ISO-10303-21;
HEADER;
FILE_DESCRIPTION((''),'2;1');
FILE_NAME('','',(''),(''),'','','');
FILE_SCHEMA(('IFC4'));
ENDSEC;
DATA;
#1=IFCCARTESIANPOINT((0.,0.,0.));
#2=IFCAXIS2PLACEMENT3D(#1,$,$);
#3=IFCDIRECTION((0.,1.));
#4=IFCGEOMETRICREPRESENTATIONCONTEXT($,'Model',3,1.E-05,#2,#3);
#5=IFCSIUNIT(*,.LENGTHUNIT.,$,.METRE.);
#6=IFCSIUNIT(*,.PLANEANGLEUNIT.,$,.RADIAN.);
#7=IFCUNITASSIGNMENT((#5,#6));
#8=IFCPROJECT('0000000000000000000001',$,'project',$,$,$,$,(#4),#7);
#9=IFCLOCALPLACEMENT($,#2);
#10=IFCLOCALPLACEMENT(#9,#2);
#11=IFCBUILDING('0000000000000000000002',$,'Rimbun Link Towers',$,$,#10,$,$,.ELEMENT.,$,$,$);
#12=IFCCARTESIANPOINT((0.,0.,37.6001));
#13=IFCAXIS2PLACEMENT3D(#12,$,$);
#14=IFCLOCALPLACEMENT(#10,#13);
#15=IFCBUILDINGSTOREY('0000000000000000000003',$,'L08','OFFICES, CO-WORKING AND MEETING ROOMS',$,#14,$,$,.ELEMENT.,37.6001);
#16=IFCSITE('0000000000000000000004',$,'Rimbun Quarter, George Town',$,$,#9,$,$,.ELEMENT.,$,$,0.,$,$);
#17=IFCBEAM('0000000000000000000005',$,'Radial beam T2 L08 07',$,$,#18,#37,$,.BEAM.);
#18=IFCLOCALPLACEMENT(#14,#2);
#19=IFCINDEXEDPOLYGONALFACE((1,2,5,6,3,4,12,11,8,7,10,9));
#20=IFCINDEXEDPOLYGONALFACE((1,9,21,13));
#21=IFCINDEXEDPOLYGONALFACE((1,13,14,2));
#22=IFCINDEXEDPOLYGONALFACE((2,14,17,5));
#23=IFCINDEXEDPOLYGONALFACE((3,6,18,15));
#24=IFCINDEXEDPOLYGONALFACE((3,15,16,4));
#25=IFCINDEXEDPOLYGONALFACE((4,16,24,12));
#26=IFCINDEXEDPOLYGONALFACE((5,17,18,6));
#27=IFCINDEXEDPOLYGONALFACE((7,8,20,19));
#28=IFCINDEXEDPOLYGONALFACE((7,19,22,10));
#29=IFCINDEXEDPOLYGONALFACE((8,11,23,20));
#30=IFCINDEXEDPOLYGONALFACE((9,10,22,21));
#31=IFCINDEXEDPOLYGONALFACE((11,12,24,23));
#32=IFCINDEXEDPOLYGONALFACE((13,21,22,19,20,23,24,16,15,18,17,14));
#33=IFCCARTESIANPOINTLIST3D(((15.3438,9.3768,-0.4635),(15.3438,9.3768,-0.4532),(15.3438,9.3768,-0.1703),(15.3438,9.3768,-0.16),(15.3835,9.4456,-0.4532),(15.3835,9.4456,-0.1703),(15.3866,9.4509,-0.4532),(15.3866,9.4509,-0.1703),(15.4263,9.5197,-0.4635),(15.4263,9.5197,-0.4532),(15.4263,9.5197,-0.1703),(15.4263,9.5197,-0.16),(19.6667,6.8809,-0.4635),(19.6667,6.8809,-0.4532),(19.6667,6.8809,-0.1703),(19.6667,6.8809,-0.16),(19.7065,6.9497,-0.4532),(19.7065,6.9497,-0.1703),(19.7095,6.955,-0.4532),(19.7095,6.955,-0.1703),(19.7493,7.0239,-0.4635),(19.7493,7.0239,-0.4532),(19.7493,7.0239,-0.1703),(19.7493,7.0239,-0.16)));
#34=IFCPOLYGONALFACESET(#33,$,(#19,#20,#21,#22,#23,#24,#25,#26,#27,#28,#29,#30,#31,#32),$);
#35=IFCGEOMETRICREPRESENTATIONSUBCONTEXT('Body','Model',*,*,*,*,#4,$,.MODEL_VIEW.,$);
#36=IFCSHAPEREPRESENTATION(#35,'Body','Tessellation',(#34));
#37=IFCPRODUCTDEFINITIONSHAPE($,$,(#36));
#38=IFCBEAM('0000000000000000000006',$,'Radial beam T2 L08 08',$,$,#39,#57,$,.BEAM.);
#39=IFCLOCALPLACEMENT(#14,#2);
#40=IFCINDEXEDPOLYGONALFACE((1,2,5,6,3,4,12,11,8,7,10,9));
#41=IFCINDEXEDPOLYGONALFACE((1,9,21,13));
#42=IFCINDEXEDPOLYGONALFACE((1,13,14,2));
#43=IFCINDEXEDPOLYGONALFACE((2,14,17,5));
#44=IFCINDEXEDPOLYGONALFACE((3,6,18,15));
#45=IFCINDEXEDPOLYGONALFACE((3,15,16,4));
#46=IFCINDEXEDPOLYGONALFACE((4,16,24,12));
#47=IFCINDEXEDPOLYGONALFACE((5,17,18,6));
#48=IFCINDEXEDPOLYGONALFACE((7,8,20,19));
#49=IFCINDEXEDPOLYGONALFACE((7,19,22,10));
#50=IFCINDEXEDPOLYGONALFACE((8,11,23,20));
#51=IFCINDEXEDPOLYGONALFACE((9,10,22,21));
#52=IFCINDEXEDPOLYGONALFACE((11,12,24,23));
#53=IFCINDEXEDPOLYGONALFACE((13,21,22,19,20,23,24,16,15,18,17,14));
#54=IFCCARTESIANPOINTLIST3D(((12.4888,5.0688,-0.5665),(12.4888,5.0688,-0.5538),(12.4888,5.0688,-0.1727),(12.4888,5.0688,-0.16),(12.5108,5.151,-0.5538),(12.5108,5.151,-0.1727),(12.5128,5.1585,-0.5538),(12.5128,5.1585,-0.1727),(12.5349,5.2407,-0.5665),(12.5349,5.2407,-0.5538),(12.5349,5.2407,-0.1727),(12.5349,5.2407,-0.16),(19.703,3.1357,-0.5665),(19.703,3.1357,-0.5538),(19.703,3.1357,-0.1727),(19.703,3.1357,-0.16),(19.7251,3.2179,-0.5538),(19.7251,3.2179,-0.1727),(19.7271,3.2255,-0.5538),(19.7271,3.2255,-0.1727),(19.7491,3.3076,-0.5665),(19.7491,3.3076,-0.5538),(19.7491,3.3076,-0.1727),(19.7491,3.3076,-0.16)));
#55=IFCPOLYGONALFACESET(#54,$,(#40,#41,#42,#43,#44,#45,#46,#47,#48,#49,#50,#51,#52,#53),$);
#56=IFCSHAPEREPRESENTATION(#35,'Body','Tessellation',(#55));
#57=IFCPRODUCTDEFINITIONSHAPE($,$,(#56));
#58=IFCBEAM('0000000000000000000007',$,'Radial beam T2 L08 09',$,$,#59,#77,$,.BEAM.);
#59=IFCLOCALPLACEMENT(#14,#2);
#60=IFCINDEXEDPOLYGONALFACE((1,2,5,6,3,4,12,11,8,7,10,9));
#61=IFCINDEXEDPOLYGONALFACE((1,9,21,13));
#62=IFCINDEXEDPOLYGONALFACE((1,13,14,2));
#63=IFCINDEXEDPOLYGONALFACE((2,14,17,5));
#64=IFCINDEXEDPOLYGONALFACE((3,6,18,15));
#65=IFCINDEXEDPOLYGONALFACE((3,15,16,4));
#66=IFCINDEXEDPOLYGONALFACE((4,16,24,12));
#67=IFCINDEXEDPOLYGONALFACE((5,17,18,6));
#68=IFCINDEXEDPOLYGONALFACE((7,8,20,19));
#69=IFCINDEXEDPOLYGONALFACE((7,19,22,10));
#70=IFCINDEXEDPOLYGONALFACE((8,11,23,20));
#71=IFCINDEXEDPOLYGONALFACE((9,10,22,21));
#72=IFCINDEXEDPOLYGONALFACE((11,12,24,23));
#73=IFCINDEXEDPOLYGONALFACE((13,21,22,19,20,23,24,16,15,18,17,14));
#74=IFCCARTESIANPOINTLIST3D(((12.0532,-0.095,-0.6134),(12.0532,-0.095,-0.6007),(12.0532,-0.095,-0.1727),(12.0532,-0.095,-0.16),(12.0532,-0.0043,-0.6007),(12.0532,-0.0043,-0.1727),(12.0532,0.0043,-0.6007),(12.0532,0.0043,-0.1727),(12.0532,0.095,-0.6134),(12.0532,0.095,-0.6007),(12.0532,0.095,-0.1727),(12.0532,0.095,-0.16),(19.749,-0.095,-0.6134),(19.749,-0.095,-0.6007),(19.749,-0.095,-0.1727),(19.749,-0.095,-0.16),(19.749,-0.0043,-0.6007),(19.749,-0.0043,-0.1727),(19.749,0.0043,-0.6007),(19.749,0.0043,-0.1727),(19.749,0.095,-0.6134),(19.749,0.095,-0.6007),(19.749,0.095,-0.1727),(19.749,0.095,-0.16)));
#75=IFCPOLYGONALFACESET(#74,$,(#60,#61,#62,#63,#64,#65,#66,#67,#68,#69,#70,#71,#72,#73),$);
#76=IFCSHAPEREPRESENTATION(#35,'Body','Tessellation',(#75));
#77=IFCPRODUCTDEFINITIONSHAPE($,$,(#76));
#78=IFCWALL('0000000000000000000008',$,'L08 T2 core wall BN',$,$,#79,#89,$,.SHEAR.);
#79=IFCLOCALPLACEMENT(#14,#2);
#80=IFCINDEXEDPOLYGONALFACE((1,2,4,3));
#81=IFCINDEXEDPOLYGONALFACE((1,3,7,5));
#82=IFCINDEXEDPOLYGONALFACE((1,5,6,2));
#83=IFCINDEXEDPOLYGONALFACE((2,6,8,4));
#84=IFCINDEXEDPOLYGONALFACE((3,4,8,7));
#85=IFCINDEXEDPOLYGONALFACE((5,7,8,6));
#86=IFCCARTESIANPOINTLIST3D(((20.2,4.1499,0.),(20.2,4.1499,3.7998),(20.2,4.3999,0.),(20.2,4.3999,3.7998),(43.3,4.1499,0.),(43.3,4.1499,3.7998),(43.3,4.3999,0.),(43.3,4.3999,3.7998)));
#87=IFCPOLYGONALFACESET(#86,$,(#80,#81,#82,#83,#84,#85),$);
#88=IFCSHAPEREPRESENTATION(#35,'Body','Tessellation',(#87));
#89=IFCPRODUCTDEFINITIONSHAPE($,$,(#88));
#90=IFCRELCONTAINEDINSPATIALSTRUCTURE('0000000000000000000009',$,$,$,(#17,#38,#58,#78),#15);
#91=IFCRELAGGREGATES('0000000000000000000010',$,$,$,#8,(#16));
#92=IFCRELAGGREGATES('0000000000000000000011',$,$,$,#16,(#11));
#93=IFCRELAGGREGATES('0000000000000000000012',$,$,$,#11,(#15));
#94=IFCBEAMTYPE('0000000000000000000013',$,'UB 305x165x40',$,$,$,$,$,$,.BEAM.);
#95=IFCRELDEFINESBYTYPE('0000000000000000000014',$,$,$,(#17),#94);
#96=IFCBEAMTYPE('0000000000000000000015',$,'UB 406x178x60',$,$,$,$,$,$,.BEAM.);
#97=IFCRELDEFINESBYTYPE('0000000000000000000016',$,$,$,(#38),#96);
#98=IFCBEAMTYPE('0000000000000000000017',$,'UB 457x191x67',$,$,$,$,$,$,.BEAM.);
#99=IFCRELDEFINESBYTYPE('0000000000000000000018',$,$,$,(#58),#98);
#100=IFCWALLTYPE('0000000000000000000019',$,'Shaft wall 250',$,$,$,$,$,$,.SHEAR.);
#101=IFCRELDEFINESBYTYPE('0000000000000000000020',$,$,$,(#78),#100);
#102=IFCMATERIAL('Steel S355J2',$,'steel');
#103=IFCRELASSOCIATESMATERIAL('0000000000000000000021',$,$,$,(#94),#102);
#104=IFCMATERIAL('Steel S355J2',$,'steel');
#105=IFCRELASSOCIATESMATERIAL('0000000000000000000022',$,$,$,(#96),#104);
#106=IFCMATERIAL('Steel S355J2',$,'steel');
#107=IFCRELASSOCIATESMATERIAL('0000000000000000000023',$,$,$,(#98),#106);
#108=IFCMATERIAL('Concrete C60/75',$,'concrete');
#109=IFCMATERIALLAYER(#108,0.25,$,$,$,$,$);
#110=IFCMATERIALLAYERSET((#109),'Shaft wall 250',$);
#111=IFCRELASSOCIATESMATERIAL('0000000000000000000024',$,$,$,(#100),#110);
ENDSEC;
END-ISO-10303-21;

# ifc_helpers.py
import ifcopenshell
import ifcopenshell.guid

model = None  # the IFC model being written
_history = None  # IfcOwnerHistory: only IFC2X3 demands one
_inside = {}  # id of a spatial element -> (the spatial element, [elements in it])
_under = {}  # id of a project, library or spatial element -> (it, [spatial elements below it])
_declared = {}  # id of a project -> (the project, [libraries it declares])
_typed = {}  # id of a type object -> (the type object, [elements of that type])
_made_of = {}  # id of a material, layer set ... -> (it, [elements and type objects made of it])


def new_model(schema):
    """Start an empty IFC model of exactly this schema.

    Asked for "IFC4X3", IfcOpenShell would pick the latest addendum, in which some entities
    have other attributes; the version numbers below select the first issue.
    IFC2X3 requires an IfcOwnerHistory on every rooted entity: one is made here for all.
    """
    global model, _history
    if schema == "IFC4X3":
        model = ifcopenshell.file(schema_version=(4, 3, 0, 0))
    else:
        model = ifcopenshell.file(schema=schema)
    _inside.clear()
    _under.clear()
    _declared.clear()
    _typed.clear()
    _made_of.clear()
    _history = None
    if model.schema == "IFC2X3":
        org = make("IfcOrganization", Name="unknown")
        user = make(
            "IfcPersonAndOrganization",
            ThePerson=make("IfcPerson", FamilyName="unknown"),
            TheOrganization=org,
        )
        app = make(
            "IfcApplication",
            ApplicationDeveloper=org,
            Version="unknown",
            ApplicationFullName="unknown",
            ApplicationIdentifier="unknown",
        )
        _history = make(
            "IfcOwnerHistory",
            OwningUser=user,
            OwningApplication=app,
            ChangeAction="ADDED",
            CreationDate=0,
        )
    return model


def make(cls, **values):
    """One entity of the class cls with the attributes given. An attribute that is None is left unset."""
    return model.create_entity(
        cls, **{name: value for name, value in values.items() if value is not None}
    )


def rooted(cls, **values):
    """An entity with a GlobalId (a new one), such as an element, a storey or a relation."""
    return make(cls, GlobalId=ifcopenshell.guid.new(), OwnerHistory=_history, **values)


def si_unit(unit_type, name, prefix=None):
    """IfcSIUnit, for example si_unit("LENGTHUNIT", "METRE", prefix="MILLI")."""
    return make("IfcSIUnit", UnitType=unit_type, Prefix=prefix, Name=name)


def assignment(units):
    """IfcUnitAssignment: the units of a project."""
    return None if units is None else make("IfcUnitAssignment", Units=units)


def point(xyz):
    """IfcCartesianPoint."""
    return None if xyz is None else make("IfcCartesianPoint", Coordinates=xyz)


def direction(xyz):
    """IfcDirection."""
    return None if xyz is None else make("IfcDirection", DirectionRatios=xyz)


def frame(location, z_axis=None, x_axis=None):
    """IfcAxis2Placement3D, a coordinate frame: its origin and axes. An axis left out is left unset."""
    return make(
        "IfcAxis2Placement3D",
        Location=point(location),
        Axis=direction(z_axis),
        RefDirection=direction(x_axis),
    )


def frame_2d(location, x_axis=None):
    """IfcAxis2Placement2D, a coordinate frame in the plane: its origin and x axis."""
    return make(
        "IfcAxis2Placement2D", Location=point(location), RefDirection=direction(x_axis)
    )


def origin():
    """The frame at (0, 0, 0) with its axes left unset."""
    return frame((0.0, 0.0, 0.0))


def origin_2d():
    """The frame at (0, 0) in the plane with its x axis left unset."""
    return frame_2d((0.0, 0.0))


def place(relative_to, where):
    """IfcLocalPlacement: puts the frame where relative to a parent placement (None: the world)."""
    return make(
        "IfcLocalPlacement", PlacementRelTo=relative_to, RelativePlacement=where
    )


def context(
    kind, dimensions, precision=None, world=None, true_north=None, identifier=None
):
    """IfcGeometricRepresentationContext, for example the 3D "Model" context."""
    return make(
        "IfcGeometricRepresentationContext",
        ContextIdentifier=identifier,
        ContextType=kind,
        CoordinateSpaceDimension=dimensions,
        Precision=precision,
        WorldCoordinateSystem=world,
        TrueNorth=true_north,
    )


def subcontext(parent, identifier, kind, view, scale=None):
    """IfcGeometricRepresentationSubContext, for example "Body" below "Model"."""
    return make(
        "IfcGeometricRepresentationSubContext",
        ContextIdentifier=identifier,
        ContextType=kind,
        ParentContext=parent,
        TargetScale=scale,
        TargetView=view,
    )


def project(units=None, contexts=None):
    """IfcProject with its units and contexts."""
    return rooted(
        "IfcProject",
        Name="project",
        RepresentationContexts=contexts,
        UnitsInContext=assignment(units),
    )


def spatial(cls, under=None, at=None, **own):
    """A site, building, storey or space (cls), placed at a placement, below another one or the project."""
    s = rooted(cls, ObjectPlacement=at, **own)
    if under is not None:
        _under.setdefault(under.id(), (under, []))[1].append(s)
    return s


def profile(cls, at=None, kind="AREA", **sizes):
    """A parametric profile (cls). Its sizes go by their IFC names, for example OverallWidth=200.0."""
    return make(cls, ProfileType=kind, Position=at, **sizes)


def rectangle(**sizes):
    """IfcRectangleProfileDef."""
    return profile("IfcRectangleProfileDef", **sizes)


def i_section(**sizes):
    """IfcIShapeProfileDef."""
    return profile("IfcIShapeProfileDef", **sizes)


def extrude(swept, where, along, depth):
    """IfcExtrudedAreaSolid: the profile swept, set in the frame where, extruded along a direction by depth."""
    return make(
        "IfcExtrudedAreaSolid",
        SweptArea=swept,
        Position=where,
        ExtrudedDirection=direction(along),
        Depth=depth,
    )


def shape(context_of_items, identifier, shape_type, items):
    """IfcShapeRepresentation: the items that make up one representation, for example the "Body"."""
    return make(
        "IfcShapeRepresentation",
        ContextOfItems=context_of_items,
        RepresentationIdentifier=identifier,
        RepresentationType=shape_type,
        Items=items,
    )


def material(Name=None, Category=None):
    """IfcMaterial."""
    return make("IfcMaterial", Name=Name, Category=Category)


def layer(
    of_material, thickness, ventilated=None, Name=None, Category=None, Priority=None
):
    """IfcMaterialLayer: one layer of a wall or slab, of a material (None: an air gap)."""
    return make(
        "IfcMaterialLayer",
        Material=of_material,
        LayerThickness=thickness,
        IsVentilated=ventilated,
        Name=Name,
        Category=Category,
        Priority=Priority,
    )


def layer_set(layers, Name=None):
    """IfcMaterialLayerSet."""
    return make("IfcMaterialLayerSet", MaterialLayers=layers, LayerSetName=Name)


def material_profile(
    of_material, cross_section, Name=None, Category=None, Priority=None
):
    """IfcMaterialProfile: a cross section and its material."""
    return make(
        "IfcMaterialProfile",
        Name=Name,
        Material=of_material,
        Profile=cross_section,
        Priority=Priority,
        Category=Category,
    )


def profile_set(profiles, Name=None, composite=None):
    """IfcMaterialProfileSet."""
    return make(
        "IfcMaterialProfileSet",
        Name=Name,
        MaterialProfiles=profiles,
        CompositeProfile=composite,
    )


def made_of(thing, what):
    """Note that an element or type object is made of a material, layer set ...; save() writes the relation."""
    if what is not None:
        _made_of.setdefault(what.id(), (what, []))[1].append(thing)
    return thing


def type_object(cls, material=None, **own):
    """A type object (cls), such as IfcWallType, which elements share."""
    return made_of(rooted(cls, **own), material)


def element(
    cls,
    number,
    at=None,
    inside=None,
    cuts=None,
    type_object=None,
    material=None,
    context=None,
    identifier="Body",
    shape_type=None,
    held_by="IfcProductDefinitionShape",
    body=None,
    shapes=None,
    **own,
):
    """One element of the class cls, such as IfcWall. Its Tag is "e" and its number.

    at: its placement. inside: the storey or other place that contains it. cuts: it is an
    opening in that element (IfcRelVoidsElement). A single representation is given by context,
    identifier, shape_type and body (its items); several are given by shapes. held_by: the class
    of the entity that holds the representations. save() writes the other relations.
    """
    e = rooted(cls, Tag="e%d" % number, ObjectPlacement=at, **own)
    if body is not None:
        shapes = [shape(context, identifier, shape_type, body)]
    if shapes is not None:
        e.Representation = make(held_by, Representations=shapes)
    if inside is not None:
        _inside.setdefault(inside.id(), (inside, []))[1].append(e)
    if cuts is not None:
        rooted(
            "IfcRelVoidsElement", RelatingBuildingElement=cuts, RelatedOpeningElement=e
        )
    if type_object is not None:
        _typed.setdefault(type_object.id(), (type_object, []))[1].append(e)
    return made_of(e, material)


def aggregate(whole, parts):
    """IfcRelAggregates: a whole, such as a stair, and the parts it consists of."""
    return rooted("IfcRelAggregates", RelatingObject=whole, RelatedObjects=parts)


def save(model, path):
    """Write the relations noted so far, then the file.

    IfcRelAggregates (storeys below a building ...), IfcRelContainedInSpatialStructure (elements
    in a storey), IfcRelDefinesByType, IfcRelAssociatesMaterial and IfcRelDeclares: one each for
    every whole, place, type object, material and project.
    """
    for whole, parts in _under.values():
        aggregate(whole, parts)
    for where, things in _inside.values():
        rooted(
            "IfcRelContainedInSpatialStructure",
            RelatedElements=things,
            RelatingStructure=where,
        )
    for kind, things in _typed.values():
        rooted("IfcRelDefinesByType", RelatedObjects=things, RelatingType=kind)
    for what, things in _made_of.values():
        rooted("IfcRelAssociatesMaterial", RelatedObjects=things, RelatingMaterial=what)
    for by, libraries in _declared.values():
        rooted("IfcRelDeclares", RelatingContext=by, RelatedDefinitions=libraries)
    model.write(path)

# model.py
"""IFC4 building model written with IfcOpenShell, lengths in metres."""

from ifc_helpers import new_model, si_unit, direction, frame, frame_2d, origin, origin_2d, place, context, subcontext, project, spatial, rectangle, i_section, extrude, material, layer, layer_set, material_profile, profile_set, type_object, element, save


model = new_model("IFC4")

# Units and contexts
model_context = context("Model", 3, precision=1e-05, world=origin(), true_north=direction((0.0, 1.0)))
body_context = subcontext(model_context, "Body", "Model", "MODEL_VIEW")
ifc_project = project(units=[si_unit("LENGTHUNIT", "METRE"), si_unit("PLANEANGLEUNIT", "RADIAN")], contexts=[model_context])

# Site, building, storey
site_placement = place(None, origin())
site = spatial("IfcSite", under=ifc_project, at=site_placement, Name="Rimbun Quarter, George Town", CompositionType="ELEMENT", RefElevation=0.0)
building_placement = place(site_placement, origin())
building = spatial("IfcBuilding", under=site, at=building_placement, Name="Rimbun Link Towers", CompositionType="ELEMENT")
storey_placement = place(building_placement, frame((0.0, 0.0, 37.6001)))
storey = spatial("IfcBuildingStorey", under=building, at=storey_placement, Name="L08", Description="OFFICES, CO-WORKING AND MEETING ROOMS", CompositionType="ELEMENT", Elevation=37.6001)

# Beams
ifc_material_1 = material(Name="Steel S355J2", Category="steel")
ifc_material_profile_1 = material_profile(ifc_material_1, i_section(OverallWidth=0.165, OverallDepth=0.3035, WebThickness=0.0061, FlangeThickness=0.0103, at=origin_2d()), Name="UB 305x165x40")
ifc_profile_set_1 = profile_set([ifc_material_profile_1], Name="Steel S355J2")
beam_type_1 = type_object("IfcBeamType", Name="UB 305x165x40", PredefinedType="BEAM", material=ifc_profile_set_1)
beam_1_placement = place(storey_placement, frame((19.708, 6.9524, -0.3118), z_axis=(-0.866028, 0.499995, 0.0), x_axis=(-0.499995, -0.866028, 0.0)))
element("IfcBeam", 1, at=beam_1_placement, inside=storey, type_object=beam_type_1, Name="Radial beam T2 L08 07", PredefinedType="BEAM", context=body_context, shape_type="SweptSolid", body=[
    extrude(i_section(OverallWidth=0.165, OverallDepth=0.3035, WebThickness=0.0061, FlangeThickness=0.0103, at=origin_2d()), origin(), (0.0, 0.0, 1.0), 4.9917),
])
ifc_material_2 = material(Name="Steel S355J2", Category="steel")
ifc_material_profile_2 = material_profile(ifc_material_2, i_section(OverallWidth=0.178, OverallDepth=0.4065, WebThickness=0.0078, FlangeThickness=0.0127, at=origin_2d()), Name="UB 406x178x60")
ifc_profile_set_2 = profile_set([ifc_material_profile_2], Name="Steel S355J2")
beam_type_2 = type_object("IfcBeamType", Name="UB 406x178x60", PredefinedType="BEAM", material=ifc_profile_set_2)
beam_2_placement = place(storey_placement, frame((19.7261, 3.2217, -0.3633), z_axis=(-0.965925, 0.258822, 0.0), x_axis=(-0.258822, -0.965925, 0.0)))
element("IfcBeam", 2, at=beam_2_placement, inside=storey, type_object=beam_type_2, Name="Radial beam T2 L08 08", PredefinedType="BEAM", context=body_context, shape_type="SweptSolid", body=[
    extrude(i_section(OverallWidth=0.178, OverallDepth=0.4065, WebThickness=0.0078, FlangeThickness=0.0127, at=origin_2d()), origin(), (0.0, 0.0, 1.0), 7.4688),
])
ifc_material_3 = material(Name="Steel S355J2", Category="steel")
ifc_material_profile_3 = material_profile(ifc_material_3, i_section(OverallWidth=0.1899, OverallDepth=0.4534, WebThickness=0.0085, FlangeThickness=0.0127, at=origin_2d()), Name="UB 457x191x67")
ifc_profile_set_3 = profile_set([ifc_material_profile_3], Name="Steel S355J2")
beam_type_3 = type_object("IfcBeamType", Name="UB 457x191x67", PredefinedType="BEAM", material=ifc_profile_set_3)
beam_3_placement = place(storey_placement, frame((19.749, 0.0, -0.3867), z_axis=(-1.0, 0.0, 0.0), x_axis=(0.0, -1.0, 0.0)))
element("IfcBeam", 3, at=beam_3_placement, inside=storey, type_object=beam_type_3, Name="Radial beam T2 L08 09", PredefinedType="BEAM", context=body_context, shape_type="SweptSolid", body=[
    extrude(i_section(OverallWidth=0.1899, OverallDepth=0.4534, WebThickness=0.0085, FlangeThickness=0.0127, at=origin_2d()), origin(), (0.0, 0.0, 1.0), 7.6958),
])

# Wall
ifc_material_4 = material(Name="Concrete C60/75", Category="concrete")
ifc_layer = layer(ifc_material_4, 0.25)
ifc_layer_set = layer_set([ifc_layer], Name="Shaft wall 250")
wall_type = type_object("IfcWallType", Name="Shaft wall 250", PredefinedType="SHEAR", material=ifc_layer_set)
wall_1_placement = place(storey_placement, frame((20.2, 4.2749, 0.0), z_axis=(0.0, 0.0, 1.0), x_axis=(1.0, 0.0, 0.0)))
element("IfcWall", 4, at=wall_1_placement, inside=storey, type_object=wall_type, Name="L08 T2 core wall BN", PredefinedType="SHEAR", context=body_context, shape_type="SweptSolid", body=[
    extrude(rectangle(XDim=23.1001, YDim=0.25, at=frame_2d((11.55, 0.0))), origin(), (0.0, 0.0, 1.0), 3.7998),
])

save(model, "model.ifc")
